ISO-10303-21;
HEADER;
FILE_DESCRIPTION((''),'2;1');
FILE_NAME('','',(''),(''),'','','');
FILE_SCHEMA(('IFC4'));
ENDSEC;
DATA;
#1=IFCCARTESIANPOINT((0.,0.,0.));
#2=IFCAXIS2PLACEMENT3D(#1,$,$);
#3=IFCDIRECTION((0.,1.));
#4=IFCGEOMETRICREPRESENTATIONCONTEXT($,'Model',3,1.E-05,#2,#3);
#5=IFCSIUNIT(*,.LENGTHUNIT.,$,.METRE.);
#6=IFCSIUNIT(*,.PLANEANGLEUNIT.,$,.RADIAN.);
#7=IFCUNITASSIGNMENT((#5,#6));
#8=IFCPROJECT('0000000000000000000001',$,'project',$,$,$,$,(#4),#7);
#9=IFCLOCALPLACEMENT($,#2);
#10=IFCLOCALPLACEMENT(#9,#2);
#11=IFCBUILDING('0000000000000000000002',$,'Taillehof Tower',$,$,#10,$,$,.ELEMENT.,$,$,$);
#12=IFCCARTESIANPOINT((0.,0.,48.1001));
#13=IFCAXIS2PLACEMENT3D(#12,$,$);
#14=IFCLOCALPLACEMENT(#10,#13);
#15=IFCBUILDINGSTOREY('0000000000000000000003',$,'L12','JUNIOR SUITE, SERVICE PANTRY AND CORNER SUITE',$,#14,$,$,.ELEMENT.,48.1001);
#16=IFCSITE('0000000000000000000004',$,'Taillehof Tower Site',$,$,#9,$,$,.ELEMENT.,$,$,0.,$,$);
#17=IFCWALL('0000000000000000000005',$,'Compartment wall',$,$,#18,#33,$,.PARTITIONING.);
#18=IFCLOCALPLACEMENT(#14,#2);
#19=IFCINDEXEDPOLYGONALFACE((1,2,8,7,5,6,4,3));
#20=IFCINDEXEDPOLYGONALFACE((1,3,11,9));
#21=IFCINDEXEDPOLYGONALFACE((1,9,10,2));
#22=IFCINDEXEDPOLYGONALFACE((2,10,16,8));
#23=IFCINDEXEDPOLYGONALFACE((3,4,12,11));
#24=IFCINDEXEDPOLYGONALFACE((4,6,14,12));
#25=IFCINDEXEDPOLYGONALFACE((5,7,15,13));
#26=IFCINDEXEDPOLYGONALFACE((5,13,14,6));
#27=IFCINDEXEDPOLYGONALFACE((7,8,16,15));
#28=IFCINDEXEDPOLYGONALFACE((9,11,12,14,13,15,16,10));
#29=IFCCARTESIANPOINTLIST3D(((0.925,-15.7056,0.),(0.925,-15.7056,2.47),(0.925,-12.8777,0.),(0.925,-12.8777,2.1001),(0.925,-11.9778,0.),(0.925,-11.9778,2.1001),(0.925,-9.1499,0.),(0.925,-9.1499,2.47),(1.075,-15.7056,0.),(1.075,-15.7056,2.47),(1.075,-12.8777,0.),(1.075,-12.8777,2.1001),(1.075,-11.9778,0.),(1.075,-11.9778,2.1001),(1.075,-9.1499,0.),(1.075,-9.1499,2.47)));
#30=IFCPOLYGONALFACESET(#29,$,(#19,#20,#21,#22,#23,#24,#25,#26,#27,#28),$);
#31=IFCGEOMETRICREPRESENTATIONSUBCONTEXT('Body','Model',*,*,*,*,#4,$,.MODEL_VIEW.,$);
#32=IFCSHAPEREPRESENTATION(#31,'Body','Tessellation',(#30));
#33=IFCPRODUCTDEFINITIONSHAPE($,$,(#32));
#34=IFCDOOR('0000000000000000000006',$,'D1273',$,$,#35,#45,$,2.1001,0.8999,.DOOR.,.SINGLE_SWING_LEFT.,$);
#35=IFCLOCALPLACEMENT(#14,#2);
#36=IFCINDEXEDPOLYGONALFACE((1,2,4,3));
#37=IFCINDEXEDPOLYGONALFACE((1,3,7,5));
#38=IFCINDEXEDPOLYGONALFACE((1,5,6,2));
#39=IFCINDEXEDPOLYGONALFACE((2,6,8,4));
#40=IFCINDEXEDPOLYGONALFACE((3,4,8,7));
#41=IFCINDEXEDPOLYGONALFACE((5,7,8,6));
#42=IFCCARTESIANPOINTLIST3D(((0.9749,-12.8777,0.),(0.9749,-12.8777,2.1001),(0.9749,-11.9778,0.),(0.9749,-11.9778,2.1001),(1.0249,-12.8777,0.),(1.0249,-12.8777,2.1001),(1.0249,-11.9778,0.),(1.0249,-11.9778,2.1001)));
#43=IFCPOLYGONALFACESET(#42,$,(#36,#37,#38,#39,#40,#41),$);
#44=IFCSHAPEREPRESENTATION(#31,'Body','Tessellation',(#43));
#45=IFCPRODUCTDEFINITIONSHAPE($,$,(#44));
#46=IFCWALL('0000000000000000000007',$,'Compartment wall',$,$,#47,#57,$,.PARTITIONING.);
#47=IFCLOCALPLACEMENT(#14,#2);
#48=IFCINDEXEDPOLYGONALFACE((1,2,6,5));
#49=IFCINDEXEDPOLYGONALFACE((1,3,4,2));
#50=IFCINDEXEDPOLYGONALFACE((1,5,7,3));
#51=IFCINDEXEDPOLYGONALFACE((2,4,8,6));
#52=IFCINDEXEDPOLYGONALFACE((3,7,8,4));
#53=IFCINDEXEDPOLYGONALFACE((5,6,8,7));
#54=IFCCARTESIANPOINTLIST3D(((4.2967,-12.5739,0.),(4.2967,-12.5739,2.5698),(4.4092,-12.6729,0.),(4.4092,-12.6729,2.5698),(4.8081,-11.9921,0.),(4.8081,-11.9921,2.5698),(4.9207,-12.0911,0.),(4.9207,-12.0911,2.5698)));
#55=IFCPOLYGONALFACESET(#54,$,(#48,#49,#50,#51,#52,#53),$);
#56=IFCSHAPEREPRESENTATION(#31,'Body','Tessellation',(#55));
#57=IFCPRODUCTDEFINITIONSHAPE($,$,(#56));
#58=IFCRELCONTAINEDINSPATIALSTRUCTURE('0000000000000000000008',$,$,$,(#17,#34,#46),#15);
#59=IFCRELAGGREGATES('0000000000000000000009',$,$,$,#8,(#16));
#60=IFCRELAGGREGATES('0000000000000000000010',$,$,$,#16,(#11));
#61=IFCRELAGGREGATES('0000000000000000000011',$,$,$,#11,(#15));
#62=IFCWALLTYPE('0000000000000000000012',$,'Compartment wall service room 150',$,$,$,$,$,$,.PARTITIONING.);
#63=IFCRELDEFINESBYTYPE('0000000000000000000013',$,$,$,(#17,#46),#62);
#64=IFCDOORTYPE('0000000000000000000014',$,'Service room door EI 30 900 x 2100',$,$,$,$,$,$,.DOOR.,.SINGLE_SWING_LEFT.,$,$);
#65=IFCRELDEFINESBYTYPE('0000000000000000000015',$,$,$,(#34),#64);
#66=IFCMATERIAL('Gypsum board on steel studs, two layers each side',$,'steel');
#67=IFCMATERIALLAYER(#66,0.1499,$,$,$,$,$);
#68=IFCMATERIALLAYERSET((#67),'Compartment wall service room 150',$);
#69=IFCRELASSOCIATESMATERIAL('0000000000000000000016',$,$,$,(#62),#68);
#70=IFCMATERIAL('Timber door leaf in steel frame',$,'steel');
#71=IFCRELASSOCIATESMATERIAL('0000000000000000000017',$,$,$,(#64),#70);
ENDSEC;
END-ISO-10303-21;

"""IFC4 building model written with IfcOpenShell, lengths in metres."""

from ifc_helpers import new_model, si_unit, direction, frame, frame_2d, origin, place, context, subcontext, project, spatial, rectangle, extrude, material, layer, layer_set, type_object, element, fill, save


model = new_model("IFC4")

# Units and contexts
model_context = context("Model", 3, precision=1e-05, world=origin(), true_north=direction((0.0, 1.0)))
body_context = subcontext(model_context, "Body", "Model", "MODEL_VIEW")
ifc_project = project(units=[si_unit("LENGTHUNIT", "METRE"), si_unit("PLANEANGLEUNIT", "RADIAN")], contexts=[model_context])

# Site, building, storey
site_placement = place(None, origin())
site = spatial("IfcSite", under=ifc_project, at=site_placement, Name="Taillehof Tower Site", CompositionType="ELEMENT", RefElevation=0.0)
building_placement = place(site_placement, origin())
building = spatial("IfcBuilding", under=site, at=building_placement, Name="Taillehof Tower", CompositionType="ELEMENT")
storey_placement = place(building_placement, frame((0.0, 0.0, 48.1001)))
storey = spatial("IfcBuildingStorey", under=building, at=storey_placement, Name="L12", Description="JUNIOR SUITE, SERVICE PANTRY AND CORNER SUITE", CompositionType="ELEMENT", Elevation=48.1001)

# Wall, opening, door
ifc_material_1 = material(Name="Gypsum board on steel studs, two layers each side", Category="steel")
ifc_layer_1 = layer(ifc_material_1, 0.1499)
ifc_layer_set_1 = layer_set([ifc_layer_1], Name="Compartment wall service room 150")
wall_type_1 = type_object("IfcWallType", Name="Compartment wall service room 150", PredefinedType="PARTITIONING", material=ifc_layer_set_1)
wall_1_placement = place(storey_placement, frame((1.0, -9.1499, 0.0), z_axis=(0.0, 0.0, 1.0), x_axis=(0.0, -1.0, 0.0)))
wall_1 = element("IfcWall", 1, at=wall_1_placement, inside=storey, type_object=wall_type_1, Name="Compartment wall", PredefinedType="PARTITIONING", context=body_context, shape_type="SweptSolid", body=[
    extrude(rectangle(XDim=6.5557, YDim=0.1499, at=frame_2d((3.2778, 0.0))), origin(), (0.0, 0.0, 1.0), 2.47),
])
opening_1_placement = place(wall_1_placement, frame((2.8279, 0.0, 0.0)))
opening_1 = element("IfcOpeningElement", 2, at=opening_1_placement, cuts=wall_1, PredefinedType="OPENING", context=body_context, shape_type="SweptSolid", body=[
    extrude(rectangle(XDim=0.8999, YDim=2.1001, at=frame_2d((0.45, 1.05))), frame((0.0, 0.085, 0.0), z_axis=(0.0, -1.0, 0.0), x_axis=(1.0, 0.0, 0.0)), (0.0, 0.0, 1.0), 0.1699),
])
ifc_material_2 = material(Name="Timber door leaf in steel frame", Category="steel")
door_type_1 = type_object("IfcDoorType", Name="Service room door EI 30 900 x 2100", OperationType="SINGLE_SWING_LEFT", PredefinedType="DOOR", material=ifc_material_2)
door_1_placement = place(opening_1_placement, origin())
door_1 = element("IfcDoor", 3, at=door_1_placement, inside=storey, type_object=door_type_1, Name="D1273", OperationType="SINGLE_SWING_LEFT", OverallHeight=2.1001, OverallWidth=0.8999, PredefinedType="DOOR", context=body_context, shape_type="SweptSolid", body=[
    extrude(rectangle(XDim=0.8999, YDim=2.1001, at=frame_2d((0.45, 1.05))), frame((0.0, 0.0249, 0.0), z_axis=(0.0, -1.0, 0.0), x_axis=(1.0, 0.0, 0.0)), (0.0, 0.0, 1.0), 0.05),
])
fill(opening_1, door_1)

# Wall
wall_2_placement = place(storey_placement, frame((4.353, -12.6233, 0.0), z_axis=(0.0, 0.0, 1.0), x_axis=(0.660265, 0.751032, 0.0)))
element("IfcWall", 4, at=wall_2_placement, inside=storey, type_object=wall_type_1, Name="Compartment wall", PredefinedType="PARTITIONING", context=body_context, shape_type="SweptSolid", body=[
    extrude(rectangle(XDim=0.7747, YDim=0.1499, at=frame_2d((0.3872, 0.0))), origin(), (0.0, 0.0, 1.0), 2.5698),
])

save(model, "model.ifc")
